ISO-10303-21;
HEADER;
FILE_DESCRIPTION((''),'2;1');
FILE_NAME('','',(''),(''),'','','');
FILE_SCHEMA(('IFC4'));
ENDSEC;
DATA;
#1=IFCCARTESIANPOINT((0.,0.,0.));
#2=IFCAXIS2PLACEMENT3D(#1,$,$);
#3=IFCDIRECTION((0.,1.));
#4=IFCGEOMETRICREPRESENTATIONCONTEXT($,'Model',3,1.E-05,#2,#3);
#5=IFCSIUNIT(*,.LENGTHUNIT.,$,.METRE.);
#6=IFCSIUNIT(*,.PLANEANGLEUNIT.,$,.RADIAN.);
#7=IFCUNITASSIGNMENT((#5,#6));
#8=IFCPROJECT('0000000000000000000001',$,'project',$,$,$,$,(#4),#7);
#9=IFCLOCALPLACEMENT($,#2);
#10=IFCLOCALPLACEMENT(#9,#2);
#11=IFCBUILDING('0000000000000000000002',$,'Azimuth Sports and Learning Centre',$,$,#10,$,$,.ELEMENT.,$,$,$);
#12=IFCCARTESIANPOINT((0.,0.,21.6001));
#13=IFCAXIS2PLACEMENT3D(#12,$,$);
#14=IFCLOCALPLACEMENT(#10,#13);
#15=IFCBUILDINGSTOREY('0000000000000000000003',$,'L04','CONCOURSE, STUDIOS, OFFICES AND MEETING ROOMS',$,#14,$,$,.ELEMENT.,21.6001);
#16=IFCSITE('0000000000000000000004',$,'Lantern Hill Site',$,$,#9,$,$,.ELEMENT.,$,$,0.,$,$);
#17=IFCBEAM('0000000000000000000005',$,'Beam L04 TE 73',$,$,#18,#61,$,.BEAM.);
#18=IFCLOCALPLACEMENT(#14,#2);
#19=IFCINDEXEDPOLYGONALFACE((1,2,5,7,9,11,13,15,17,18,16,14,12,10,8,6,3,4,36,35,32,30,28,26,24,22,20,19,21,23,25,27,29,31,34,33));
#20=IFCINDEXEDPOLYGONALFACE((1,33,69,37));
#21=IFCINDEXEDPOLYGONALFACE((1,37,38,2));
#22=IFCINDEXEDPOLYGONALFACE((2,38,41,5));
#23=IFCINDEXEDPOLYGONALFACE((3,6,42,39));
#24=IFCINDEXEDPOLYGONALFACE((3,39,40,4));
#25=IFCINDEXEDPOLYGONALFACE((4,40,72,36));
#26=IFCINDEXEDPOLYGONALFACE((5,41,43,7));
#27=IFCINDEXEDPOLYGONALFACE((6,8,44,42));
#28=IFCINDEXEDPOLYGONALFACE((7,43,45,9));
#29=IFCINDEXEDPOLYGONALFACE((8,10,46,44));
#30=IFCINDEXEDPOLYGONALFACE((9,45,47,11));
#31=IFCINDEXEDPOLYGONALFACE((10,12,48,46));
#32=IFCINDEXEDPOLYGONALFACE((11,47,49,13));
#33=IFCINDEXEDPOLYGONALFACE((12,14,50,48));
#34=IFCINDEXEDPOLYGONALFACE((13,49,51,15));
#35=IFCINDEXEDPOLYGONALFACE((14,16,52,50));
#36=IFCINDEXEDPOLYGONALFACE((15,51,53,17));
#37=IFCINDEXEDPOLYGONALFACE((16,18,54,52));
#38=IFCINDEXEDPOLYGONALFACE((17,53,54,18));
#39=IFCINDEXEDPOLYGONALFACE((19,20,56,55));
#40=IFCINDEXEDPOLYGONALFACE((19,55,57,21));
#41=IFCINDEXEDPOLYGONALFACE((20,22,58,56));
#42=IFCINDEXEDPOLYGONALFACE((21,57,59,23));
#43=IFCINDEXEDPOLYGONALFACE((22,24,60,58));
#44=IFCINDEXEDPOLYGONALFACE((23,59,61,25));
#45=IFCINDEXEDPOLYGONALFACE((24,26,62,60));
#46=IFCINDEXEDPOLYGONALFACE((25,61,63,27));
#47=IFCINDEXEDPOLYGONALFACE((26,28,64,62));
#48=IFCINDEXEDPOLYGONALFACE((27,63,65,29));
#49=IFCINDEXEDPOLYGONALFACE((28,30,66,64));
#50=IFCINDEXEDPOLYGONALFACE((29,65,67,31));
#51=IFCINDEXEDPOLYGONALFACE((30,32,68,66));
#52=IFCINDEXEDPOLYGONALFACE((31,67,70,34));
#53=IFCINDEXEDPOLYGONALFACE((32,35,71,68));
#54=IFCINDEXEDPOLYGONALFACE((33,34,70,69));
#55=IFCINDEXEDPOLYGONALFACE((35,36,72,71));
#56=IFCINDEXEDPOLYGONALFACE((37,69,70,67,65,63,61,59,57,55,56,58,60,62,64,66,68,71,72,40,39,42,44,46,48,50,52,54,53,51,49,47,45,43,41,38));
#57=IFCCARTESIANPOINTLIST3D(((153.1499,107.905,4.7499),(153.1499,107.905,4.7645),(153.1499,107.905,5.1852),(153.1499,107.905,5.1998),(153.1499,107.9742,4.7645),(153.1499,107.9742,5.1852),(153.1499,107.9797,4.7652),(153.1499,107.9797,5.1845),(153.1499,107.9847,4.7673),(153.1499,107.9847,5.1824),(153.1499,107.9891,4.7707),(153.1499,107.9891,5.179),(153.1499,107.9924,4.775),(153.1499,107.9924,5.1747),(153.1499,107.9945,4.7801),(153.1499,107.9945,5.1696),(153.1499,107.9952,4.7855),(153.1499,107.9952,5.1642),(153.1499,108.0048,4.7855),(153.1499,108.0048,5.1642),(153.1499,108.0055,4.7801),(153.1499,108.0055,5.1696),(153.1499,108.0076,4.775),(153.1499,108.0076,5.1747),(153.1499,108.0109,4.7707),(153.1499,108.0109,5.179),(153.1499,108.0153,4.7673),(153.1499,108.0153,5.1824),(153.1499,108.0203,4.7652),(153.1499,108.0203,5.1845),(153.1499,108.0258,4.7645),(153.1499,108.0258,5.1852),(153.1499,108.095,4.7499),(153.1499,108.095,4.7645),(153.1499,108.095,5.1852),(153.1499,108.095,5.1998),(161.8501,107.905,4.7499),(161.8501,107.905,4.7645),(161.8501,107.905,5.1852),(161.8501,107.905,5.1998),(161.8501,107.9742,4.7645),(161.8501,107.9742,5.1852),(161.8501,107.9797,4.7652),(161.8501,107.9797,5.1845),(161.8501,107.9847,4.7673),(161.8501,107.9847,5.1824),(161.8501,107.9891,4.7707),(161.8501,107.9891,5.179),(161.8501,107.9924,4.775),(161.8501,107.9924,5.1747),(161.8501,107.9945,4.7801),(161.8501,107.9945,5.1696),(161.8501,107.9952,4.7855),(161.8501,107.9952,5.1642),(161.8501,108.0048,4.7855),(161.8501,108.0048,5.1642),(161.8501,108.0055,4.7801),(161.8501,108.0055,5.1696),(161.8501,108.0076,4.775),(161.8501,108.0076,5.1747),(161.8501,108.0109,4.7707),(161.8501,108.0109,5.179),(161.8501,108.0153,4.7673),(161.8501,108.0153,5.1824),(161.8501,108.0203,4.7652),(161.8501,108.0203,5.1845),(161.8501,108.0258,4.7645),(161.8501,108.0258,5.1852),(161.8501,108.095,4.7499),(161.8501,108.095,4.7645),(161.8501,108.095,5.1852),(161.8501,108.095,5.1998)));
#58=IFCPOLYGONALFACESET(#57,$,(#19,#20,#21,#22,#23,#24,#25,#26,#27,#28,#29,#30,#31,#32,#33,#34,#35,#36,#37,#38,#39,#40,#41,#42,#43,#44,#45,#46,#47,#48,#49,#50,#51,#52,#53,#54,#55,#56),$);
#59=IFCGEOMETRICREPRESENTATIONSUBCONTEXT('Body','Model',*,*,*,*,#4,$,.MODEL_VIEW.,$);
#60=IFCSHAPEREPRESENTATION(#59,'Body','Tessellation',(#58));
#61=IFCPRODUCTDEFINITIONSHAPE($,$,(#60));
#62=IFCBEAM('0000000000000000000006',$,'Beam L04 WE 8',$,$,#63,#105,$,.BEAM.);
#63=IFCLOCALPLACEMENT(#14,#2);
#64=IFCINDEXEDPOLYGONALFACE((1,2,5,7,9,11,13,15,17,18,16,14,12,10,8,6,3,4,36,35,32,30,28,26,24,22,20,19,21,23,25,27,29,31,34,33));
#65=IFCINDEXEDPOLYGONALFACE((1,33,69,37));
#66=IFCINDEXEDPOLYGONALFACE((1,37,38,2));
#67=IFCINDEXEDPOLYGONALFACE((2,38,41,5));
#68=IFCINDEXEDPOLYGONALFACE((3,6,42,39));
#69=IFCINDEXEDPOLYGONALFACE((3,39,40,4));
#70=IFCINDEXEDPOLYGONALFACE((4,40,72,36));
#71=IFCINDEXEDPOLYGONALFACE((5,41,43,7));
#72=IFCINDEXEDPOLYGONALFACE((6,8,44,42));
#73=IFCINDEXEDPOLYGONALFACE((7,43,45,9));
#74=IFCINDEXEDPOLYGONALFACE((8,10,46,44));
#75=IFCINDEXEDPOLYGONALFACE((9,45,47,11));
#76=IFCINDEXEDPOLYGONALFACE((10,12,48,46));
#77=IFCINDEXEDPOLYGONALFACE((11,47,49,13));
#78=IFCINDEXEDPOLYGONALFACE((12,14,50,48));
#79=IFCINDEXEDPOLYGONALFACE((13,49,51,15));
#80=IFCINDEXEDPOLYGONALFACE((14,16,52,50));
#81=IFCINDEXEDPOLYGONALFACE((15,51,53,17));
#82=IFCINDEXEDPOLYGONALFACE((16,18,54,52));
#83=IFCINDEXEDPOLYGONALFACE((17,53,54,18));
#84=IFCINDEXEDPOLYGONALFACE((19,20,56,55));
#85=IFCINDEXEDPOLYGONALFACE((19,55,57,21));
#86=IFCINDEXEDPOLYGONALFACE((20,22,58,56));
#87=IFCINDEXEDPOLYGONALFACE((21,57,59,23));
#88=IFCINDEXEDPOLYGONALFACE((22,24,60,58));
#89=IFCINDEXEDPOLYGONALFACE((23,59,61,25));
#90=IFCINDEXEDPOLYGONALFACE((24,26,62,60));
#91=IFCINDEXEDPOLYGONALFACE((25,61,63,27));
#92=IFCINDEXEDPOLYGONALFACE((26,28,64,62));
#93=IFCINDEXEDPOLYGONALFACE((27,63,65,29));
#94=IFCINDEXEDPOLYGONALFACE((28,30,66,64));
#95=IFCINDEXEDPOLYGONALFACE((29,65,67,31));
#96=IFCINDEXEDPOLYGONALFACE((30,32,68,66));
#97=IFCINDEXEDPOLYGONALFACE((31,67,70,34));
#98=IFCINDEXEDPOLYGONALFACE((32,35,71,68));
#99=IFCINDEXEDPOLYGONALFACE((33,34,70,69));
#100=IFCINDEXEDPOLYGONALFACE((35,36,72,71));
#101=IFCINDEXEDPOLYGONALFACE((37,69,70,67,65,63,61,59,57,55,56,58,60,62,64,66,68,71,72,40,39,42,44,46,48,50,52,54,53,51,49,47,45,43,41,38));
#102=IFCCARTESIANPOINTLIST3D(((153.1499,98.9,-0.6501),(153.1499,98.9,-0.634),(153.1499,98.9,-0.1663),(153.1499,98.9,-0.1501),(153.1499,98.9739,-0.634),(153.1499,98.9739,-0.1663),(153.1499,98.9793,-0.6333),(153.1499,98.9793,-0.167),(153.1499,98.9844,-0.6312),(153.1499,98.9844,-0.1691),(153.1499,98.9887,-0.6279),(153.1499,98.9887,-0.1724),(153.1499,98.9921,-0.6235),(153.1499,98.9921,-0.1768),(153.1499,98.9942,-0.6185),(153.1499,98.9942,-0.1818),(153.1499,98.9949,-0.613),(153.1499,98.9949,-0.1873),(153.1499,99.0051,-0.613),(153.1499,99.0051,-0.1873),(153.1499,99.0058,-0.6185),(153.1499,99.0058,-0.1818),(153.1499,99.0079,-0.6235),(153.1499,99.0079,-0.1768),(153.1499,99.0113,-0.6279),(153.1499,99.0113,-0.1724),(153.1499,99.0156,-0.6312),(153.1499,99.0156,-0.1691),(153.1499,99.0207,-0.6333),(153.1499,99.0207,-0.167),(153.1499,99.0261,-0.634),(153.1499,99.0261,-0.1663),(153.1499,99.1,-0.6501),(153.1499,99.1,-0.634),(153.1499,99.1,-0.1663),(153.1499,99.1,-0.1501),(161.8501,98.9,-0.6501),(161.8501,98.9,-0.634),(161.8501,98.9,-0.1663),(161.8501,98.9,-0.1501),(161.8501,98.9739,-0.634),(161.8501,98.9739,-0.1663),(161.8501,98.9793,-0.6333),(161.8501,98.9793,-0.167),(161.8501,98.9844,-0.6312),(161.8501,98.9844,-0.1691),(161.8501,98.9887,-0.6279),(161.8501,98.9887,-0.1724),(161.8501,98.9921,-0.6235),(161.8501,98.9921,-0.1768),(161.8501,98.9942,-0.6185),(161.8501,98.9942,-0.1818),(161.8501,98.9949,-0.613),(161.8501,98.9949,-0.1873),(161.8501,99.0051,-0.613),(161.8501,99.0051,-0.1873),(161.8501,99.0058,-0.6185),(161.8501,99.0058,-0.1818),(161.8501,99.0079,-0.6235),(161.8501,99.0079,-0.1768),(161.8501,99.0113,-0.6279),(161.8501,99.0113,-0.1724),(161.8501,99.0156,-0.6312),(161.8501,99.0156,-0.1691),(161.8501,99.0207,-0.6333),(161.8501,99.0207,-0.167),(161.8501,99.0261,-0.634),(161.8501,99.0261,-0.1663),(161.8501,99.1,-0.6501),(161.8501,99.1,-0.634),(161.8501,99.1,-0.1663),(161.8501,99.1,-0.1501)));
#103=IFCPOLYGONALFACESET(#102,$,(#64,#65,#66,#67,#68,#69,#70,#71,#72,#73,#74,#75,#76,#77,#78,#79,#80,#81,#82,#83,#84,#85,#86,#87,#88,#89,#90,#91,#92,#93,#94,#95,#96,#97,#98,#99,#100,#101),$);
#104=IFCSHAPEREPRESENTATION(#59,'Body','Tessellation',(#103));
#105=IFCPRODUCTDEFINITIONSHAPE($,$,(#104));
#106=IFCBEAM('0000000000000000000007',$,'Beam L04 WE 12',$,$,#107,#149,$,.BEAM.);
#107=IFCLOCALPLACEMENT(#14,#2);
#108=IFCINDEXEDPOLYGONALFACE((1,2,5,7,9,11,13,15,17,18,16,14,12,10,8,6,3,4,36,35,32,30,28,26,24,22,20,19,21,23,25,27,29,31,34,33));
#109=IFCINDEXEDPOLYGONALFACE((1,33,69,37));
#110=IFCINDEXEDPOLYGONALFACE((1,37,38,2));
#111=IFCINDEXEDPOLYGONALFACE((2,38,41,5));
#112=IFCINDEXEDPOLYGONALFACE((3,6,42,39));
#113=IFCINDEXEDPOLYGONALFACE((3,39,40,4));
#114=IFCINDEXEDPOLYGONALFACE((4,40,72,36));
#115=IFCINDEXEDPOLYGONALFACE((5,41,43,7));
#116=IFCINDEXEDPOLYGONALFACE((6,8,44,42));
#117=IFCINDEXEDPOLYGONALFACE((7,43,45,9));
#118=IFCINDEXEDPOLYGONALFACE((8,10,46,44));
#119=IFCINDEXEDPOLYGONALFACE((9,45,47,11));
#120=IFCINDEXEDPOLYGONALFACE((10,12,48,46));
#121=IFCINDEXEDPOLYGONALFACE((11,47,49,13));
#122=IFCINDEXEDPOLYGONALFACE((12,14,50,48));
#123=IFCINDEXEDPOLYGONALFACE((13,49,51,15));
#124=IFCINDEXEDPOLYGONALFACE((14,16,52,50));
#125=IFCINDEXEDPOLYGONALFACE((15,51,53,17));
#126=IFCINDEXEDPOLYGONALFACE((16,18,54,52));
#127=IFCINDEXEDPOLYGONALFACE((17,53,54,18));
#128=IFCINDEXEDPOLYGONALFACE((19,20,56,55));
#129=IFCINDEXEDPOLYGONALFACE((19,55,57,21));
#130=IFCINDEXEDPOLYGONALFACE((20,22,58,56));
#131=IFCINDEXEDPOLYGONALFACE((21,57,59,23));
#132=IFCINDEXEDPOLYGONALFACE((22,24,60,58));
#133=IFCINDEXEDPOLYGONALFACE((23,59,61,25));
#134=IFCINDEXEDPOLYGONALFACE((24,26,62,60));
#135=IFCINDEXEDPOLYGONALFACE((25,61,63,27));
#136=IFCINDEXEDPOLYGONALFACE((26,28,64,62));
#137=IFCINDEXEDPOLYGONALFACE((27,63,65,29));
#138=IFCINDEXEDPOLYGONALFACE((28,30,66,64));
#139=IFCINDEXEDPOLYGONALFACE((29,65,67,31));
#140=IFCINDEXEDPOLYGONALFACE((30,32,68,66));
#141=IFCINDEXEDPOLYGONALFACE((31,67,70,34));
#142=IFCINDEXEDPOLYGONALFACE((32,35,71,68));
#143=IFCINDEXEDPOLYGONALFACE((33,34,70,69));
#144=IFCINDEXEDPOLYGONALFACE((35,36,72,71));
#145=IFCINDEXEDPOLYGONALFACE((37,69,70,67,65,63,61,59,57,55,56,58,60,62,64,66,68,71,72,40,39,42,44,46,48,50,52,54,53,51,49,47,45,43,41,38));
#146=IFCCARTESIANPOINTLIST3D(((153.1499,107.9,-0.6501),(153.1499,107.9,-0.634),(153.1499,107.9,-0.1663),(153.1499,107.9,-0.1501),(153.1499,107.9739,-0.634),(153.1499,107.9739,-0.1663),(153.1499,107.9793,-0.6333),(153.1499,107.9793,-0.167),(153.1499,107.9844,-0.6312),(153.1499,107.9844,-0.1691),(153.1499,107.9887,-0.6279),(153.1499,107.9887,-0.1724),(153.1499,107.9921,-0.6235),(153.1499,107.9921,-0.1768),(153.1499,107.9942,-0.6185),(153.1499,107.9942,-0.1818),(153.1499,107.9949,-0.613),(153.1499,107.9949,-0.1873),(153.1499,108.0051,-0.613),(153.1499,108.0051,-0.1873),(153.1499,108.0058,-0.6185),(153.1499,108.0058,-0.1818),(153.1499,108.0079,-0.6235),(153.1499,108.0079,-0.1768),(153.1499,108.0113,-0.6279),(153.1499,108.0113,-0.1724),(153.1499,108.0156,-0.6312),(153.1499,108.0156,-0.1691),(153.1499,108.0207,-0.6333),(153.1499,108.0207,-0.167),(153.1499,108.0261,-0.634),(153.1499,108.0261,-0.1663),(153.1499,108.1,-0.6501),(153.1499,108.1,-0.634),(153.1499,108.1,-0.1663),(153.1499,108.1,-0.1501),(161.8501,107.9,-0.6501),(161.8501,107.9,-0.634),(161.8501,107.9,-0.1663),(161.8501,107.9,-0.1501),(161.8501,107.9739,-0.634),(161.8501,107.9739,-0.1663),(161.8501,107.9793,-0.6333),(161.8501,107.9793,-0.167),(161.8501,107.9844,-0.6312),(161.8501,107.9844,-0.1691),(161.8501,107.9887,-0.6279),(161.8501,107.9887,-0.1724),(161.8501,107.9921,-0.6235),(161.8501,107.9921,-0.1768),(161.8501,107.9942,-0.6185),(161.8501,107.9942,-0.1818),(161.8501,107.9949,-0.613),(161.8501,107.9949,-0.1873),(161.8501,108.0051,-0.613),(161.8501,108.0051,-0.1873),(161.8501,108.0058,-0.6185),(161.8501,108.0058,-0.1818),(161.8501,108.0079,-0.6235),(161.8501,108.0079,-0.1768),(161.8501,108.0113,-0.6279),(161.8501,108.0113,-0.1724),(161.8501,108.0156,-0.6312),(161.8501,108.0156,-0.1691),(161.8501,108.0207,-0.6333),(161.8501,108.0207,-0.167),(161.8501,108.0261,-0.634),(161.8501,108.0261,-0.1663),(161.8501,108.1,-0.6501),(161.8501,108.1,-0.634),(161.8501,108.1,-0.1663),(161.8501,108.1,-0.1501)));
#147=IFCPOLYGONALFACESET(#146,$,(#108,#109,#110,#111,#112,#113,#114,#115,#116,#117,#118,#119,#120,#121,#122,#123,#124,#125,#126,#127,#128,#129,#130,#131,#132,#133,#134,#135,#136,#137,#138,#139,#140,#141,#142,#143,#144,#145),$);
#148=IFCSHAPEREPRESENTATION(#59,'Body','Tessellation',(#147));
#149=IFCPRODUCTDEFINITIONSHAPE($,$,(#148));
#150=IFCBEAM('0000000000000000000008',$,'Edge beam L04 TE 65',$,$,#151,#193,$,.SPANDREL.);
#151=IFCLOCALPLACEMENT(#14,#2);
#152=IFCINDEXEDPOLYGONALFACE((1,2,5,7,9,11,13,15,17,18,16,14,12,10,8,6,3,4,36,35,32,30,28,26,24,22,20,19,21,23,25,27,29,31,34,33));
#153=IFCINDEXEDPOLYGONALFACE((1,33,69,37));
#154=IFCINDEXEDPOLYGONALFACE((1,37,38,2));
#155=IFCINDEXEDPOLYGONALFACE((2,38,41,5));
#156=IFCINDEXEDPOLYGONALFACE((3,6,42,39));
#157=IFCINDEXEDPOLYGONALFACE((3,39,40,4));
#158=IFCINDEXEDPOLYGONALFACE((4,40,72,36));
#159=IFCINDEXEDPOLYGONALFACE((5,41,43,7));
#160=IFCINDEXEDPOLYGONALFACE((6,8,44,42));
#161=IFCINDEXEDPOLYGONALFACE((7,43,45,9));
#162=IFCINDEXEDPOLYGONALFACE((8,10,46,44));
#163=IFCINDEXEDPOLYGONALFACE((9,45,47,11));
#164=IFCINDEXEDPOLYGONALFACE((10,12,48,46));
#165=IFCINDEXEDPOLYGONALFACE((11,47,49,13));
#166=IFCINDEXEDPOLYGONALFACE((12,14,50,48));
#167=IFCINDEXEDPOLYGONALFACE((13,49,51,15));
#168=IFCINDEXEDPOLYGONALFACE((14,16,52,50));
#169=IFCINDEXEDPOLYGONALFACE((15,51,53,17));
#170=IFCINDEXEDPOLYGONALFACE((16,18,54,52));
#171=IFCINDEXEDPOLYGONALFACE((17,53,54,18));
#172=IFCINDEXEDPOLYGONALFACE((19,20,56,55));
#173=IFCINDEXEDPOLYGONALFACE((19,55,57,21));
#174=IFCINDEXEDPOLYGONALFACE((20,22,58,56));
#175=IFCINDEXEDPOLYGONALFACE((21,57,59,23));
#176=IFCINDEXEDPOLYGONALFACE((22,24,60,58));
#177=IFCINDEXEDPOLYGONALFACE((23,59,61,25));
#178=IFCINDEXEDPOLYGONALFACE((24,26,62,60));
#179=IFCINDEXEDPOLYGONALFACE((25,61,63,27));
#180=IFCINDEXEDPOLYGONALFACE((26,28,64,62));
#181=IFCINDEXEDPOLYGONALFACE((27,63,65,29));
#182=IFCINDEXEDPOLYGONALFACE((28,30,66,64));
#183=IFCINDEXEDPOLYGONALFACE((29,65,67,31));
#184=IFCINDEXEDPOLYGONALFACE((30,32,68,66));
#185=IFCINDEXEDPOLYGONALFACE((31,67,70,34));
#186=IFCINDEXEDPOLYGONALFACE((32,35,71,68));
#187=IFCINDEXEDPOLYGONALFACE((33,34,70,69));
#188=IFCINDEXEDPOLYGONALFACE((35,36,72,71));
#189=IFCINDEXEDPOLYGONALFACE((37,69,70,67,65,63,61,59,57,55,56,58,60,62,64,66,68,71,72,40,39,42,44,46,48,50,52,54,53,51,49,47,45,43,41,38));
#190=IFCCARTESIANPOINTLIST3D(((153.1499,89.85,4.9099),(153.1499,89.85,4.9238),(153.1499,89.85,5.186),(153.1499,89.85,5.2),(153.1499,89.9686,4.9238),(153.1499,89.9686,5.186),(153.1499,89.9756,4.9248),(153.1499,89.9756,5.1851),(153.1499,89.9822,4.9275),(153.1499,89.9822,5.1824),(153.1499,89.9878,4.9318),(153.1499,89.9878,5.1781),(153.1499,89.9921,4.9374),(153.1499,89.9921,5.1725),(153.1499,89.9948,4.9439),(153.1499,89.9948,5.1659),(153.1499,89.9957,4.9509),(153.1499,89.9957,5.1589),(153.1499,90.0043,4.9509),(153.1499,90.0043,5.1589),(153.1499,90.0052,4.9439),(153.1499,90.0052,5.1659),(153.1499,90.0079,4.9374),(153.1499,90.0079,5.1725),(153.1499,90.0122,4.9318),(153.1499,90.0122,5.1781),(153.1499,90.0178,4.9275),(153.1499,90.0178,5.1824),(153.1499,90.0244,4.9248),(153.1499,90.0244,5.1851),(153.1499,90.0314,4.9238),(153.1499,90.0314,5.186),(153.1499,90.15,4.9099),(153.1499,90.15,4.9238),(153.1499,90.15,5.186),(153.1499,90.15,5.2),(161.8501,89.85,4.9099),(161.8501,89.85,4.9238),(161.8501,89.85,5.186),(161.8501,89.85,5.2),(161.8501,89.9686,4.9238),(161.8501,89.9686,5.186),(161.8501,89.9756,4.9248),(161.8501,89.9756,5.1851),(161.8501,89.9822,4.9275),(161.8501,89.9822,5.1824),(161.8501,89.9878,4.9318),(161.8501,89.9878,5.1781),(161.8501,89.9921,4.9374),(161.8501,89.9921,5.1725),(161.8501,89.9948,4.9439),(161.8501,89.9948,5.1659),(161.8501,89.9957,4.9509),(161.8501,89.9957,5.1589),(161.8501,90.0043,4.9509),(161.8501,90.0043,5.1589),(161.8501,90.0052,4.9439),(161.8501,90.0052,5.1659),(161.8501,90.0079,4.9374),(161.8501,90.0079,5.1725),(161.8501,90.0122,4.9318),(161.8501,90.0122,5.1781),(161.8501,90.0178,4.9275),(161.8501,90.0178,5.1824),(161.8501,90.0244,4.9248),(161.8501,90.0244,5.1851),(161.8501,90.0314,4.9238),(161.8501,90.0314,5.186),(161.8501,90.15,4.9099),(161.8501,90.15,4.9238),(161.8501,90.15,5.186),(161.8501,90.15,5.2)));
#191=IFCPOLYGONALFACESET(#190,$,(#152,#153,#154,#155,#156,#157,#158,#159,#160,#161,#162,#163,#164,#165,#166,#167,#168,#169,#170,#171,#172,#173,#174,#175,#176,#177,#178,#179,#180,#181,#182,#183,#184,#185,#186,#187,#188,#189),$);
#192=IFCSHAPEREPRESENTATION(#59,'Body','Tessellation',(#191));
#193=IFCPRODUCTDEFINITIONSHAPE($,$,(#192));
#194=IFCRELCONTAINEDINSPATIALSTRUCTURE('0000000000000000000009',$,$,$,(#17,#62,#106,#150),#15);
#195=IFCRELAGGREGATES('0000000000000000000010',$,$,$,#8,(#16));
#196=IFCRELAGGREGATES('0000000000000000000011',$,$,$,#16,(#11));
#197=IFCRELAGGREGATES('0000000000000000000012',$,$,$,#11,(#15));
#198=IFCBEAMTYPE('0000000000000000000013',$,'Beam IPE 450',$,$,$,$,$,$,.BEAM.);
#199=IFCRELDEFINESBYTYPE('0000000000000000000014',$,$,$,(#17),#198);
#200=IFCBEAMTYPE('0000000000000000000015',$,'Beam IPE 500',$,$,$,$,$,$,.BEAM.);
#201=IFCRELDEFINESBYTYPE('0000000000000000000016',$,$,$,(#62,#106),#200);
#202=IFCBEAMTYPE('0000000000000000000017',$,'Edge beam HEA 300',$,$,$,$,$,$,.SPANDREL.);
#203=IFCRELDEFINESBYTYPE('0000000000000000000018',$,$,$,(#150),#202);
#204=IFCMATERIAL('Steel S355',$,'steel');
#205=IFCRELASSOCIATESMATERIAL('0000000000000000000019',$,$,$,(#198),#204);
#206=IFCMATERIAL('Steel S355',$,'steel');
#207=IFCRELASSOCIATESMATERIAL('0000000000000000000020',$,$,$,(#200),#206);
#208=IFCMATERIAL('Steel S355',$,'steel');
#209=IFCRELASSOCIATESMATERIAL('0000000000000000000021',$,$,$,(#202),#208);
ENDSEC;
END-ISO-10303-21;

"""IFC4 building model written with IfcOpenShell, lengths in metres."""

from ifc_helpers import new_model, si_unit, direction, frame, origin, origin_2d, place, context, subcontext, project, spatial, i_section, extrude, material, material_profile, profile_set, type_object, element, save


model = new_model("IFC4")

# Units and contexts
model_context = context("Model", 3, precision=1e-05, world=origin(), true_north=direction((0.0, 1.0)))
body_context = subcontext(model_context, "Body", "Model", "MODEL_VIEW")
ifc_project = project(units=[si_unit("LENGTHUNIT", "METRE"), si_unit("PLANEANGLEUNIT", "RADIAN")], contexts=[model_context])

# Site, building, storey
site_placement = place(None, origin())
site = spatial("IfcSite", under=ifc_project, at=site_placement, Name="Lantern Hill Site", CompositionType="ELEMENT", RefElevation=0.0)
building_placement = place(site_placement, origin())
building = spatial("IfcBuilding", under=site, at=building_placement, Name="Azimuth Sports and Learning Centre", CompositionType="ELEMENT")
storey_placement = place(building_placement, frame((0.0, 0.0, 21.6001)))
storey = spatial("IfcBuildingStorey", under=building, at=storey_placement, Name="L04", Description="CONCOURSE, STUDIOS, OFFICES AND MEETING ROOMS", CompositionType="ELEMENT", Elevation=21.6001)

# Beams
ifc_material_1 = material(Name="Steel S355", Category="steel")
ifc_material_profile_1 = material_profile(ifc_material_1, i_section(OverallWidth=0.1899, OverallDepth=0.45, WebThickness=0.0095, FlangeThickness=0.0146, FilletRadius=0.021, at=origin_2d()), Name="IPE 450")
ifc_profile_set_1 = profile_set([ifc_material_profile_1], Name="Steel S355")
beam_type_1 = type_object("IfcBeamType", Name="Beam IPE 450", PredefinedType="BEAM", material=ifc_profile_set_1)
for number, where, z_axis, x_axis, name in (
    (1, (153.1499, 108.0, 4.9749), (1.0, 0.0, 0.0), (0.0, 1.0, 0.0), "Beam L04 TE 73"),
):
    element("IfcBeam", number, at=place(storey_placement, frame(where, z_axis=z_axis, x_axis=x_axis)), inside=storey, type_object=beam_type_1, Name=name, PredefinedType="BEAM", context=body_context, shape_type="SweptSolid", body=[
        extrude(i_section(OverallWidth=0.1899, OverallDepth=0.45, WebThickness=0.0095, FlangeThickness=0.0146, FilletRadius=0.021, at=origin_2d()), origin(), (0.0, 0.0, 1.0), 8.7002),
    ])
ifc_material_2 = material(Name="Steel S355", Category="steel")
ifc_material_profile_2 = material_profile(ifc_material_2, i_section(OverallWidth=0.2, OverallDepth=0.5, WebThickness=0.0103, FlangeThickness=0.0161, FilletRadius=0.021, at=origin_2d()), Name="IPE 500")
ifc_profile_set_2 = profile_set([ifc_material_profile_2], Name="Steel S355")
beam_type_2 = type_object("IfcBeamType", Name="Beam IPE 500", PredefinedType="BEAM", material=ifc_profile_set_2)
for number, where, z_axis, x_axis, name in (
    (2, (153.1499, 99.0, -0.4001), (1.0, 0.0, 0.0), (0.0, 1.0, 0.0), "Beam L04 WE 8"),
    (3, (153.1499, 108.0, -0.4001), (1.0, 0.0, 0.0), (0.0, 1.0, 0.0), "Beam L04 WE 12"),
):
    element("IfcBeam", number, at=place(storey_placement, frame(where, z_axis=z_axis, x_axis=x_axis)), inside=storey, type_object=beam_type_2, Name=name, PredefinedType="BEAM", context=body_context, shape_type="SweptSolid", body=[
        extrude(i_section(OverallWidth=0.2, OverallDepth=0.5, WebThickness=0.0103, FlangeThickness=0.0161, FilletRadius=0.021, at=origin_2d()), origin(), (0.0, 0.0, 1.0), 8.7002),
    ])
ifc_material_3 = material(Name="Steel S355", Category="steel")
ifc_material_profile_3 = material_profile(ifc_material_3, i_section(OverallWidth=0.3, OverallDepth=0.29, WebThickness=0.0085, FlangeThickness=0.0139, FilletRadius=0.0271, at=origin_2d()), Name="HEA 300")
ifc_profile_set_3 = profile_set([ifc_material_profile_3], Name="Steel S355")
beam_type_3 = type_object("IfcBeamType", Name="Edge beam HEA 300", PredefinedType="SPANDREL", material=ifc_profile_set_3)
beam_1_placement = place(storey_placement, frame((153.1499, 90.0, 5.0549), z_axis=(1.0, 0.0, 0.0), x_axis=(0.0, 1.0, 0.0)))
element("IfcBeam", 4, at=beam_1_placement, inside=storey, type_object=beam_type_3, Name="Edge beam L04 TE 65", PredefinedType="SPANDREL", context=body_context, shape_type="SweptSolid", body=[
    extrude(i_section(OverallWidth=0.3, OverallDepth=0.29, WebThickness=0.0085, FlangeThickness=0.0139, FilletRadius=0.0271, at=origin_2d()), origin(), (0.0, 0.0, 1.0), 8.7002),
])

save(model, "model.ifc")
